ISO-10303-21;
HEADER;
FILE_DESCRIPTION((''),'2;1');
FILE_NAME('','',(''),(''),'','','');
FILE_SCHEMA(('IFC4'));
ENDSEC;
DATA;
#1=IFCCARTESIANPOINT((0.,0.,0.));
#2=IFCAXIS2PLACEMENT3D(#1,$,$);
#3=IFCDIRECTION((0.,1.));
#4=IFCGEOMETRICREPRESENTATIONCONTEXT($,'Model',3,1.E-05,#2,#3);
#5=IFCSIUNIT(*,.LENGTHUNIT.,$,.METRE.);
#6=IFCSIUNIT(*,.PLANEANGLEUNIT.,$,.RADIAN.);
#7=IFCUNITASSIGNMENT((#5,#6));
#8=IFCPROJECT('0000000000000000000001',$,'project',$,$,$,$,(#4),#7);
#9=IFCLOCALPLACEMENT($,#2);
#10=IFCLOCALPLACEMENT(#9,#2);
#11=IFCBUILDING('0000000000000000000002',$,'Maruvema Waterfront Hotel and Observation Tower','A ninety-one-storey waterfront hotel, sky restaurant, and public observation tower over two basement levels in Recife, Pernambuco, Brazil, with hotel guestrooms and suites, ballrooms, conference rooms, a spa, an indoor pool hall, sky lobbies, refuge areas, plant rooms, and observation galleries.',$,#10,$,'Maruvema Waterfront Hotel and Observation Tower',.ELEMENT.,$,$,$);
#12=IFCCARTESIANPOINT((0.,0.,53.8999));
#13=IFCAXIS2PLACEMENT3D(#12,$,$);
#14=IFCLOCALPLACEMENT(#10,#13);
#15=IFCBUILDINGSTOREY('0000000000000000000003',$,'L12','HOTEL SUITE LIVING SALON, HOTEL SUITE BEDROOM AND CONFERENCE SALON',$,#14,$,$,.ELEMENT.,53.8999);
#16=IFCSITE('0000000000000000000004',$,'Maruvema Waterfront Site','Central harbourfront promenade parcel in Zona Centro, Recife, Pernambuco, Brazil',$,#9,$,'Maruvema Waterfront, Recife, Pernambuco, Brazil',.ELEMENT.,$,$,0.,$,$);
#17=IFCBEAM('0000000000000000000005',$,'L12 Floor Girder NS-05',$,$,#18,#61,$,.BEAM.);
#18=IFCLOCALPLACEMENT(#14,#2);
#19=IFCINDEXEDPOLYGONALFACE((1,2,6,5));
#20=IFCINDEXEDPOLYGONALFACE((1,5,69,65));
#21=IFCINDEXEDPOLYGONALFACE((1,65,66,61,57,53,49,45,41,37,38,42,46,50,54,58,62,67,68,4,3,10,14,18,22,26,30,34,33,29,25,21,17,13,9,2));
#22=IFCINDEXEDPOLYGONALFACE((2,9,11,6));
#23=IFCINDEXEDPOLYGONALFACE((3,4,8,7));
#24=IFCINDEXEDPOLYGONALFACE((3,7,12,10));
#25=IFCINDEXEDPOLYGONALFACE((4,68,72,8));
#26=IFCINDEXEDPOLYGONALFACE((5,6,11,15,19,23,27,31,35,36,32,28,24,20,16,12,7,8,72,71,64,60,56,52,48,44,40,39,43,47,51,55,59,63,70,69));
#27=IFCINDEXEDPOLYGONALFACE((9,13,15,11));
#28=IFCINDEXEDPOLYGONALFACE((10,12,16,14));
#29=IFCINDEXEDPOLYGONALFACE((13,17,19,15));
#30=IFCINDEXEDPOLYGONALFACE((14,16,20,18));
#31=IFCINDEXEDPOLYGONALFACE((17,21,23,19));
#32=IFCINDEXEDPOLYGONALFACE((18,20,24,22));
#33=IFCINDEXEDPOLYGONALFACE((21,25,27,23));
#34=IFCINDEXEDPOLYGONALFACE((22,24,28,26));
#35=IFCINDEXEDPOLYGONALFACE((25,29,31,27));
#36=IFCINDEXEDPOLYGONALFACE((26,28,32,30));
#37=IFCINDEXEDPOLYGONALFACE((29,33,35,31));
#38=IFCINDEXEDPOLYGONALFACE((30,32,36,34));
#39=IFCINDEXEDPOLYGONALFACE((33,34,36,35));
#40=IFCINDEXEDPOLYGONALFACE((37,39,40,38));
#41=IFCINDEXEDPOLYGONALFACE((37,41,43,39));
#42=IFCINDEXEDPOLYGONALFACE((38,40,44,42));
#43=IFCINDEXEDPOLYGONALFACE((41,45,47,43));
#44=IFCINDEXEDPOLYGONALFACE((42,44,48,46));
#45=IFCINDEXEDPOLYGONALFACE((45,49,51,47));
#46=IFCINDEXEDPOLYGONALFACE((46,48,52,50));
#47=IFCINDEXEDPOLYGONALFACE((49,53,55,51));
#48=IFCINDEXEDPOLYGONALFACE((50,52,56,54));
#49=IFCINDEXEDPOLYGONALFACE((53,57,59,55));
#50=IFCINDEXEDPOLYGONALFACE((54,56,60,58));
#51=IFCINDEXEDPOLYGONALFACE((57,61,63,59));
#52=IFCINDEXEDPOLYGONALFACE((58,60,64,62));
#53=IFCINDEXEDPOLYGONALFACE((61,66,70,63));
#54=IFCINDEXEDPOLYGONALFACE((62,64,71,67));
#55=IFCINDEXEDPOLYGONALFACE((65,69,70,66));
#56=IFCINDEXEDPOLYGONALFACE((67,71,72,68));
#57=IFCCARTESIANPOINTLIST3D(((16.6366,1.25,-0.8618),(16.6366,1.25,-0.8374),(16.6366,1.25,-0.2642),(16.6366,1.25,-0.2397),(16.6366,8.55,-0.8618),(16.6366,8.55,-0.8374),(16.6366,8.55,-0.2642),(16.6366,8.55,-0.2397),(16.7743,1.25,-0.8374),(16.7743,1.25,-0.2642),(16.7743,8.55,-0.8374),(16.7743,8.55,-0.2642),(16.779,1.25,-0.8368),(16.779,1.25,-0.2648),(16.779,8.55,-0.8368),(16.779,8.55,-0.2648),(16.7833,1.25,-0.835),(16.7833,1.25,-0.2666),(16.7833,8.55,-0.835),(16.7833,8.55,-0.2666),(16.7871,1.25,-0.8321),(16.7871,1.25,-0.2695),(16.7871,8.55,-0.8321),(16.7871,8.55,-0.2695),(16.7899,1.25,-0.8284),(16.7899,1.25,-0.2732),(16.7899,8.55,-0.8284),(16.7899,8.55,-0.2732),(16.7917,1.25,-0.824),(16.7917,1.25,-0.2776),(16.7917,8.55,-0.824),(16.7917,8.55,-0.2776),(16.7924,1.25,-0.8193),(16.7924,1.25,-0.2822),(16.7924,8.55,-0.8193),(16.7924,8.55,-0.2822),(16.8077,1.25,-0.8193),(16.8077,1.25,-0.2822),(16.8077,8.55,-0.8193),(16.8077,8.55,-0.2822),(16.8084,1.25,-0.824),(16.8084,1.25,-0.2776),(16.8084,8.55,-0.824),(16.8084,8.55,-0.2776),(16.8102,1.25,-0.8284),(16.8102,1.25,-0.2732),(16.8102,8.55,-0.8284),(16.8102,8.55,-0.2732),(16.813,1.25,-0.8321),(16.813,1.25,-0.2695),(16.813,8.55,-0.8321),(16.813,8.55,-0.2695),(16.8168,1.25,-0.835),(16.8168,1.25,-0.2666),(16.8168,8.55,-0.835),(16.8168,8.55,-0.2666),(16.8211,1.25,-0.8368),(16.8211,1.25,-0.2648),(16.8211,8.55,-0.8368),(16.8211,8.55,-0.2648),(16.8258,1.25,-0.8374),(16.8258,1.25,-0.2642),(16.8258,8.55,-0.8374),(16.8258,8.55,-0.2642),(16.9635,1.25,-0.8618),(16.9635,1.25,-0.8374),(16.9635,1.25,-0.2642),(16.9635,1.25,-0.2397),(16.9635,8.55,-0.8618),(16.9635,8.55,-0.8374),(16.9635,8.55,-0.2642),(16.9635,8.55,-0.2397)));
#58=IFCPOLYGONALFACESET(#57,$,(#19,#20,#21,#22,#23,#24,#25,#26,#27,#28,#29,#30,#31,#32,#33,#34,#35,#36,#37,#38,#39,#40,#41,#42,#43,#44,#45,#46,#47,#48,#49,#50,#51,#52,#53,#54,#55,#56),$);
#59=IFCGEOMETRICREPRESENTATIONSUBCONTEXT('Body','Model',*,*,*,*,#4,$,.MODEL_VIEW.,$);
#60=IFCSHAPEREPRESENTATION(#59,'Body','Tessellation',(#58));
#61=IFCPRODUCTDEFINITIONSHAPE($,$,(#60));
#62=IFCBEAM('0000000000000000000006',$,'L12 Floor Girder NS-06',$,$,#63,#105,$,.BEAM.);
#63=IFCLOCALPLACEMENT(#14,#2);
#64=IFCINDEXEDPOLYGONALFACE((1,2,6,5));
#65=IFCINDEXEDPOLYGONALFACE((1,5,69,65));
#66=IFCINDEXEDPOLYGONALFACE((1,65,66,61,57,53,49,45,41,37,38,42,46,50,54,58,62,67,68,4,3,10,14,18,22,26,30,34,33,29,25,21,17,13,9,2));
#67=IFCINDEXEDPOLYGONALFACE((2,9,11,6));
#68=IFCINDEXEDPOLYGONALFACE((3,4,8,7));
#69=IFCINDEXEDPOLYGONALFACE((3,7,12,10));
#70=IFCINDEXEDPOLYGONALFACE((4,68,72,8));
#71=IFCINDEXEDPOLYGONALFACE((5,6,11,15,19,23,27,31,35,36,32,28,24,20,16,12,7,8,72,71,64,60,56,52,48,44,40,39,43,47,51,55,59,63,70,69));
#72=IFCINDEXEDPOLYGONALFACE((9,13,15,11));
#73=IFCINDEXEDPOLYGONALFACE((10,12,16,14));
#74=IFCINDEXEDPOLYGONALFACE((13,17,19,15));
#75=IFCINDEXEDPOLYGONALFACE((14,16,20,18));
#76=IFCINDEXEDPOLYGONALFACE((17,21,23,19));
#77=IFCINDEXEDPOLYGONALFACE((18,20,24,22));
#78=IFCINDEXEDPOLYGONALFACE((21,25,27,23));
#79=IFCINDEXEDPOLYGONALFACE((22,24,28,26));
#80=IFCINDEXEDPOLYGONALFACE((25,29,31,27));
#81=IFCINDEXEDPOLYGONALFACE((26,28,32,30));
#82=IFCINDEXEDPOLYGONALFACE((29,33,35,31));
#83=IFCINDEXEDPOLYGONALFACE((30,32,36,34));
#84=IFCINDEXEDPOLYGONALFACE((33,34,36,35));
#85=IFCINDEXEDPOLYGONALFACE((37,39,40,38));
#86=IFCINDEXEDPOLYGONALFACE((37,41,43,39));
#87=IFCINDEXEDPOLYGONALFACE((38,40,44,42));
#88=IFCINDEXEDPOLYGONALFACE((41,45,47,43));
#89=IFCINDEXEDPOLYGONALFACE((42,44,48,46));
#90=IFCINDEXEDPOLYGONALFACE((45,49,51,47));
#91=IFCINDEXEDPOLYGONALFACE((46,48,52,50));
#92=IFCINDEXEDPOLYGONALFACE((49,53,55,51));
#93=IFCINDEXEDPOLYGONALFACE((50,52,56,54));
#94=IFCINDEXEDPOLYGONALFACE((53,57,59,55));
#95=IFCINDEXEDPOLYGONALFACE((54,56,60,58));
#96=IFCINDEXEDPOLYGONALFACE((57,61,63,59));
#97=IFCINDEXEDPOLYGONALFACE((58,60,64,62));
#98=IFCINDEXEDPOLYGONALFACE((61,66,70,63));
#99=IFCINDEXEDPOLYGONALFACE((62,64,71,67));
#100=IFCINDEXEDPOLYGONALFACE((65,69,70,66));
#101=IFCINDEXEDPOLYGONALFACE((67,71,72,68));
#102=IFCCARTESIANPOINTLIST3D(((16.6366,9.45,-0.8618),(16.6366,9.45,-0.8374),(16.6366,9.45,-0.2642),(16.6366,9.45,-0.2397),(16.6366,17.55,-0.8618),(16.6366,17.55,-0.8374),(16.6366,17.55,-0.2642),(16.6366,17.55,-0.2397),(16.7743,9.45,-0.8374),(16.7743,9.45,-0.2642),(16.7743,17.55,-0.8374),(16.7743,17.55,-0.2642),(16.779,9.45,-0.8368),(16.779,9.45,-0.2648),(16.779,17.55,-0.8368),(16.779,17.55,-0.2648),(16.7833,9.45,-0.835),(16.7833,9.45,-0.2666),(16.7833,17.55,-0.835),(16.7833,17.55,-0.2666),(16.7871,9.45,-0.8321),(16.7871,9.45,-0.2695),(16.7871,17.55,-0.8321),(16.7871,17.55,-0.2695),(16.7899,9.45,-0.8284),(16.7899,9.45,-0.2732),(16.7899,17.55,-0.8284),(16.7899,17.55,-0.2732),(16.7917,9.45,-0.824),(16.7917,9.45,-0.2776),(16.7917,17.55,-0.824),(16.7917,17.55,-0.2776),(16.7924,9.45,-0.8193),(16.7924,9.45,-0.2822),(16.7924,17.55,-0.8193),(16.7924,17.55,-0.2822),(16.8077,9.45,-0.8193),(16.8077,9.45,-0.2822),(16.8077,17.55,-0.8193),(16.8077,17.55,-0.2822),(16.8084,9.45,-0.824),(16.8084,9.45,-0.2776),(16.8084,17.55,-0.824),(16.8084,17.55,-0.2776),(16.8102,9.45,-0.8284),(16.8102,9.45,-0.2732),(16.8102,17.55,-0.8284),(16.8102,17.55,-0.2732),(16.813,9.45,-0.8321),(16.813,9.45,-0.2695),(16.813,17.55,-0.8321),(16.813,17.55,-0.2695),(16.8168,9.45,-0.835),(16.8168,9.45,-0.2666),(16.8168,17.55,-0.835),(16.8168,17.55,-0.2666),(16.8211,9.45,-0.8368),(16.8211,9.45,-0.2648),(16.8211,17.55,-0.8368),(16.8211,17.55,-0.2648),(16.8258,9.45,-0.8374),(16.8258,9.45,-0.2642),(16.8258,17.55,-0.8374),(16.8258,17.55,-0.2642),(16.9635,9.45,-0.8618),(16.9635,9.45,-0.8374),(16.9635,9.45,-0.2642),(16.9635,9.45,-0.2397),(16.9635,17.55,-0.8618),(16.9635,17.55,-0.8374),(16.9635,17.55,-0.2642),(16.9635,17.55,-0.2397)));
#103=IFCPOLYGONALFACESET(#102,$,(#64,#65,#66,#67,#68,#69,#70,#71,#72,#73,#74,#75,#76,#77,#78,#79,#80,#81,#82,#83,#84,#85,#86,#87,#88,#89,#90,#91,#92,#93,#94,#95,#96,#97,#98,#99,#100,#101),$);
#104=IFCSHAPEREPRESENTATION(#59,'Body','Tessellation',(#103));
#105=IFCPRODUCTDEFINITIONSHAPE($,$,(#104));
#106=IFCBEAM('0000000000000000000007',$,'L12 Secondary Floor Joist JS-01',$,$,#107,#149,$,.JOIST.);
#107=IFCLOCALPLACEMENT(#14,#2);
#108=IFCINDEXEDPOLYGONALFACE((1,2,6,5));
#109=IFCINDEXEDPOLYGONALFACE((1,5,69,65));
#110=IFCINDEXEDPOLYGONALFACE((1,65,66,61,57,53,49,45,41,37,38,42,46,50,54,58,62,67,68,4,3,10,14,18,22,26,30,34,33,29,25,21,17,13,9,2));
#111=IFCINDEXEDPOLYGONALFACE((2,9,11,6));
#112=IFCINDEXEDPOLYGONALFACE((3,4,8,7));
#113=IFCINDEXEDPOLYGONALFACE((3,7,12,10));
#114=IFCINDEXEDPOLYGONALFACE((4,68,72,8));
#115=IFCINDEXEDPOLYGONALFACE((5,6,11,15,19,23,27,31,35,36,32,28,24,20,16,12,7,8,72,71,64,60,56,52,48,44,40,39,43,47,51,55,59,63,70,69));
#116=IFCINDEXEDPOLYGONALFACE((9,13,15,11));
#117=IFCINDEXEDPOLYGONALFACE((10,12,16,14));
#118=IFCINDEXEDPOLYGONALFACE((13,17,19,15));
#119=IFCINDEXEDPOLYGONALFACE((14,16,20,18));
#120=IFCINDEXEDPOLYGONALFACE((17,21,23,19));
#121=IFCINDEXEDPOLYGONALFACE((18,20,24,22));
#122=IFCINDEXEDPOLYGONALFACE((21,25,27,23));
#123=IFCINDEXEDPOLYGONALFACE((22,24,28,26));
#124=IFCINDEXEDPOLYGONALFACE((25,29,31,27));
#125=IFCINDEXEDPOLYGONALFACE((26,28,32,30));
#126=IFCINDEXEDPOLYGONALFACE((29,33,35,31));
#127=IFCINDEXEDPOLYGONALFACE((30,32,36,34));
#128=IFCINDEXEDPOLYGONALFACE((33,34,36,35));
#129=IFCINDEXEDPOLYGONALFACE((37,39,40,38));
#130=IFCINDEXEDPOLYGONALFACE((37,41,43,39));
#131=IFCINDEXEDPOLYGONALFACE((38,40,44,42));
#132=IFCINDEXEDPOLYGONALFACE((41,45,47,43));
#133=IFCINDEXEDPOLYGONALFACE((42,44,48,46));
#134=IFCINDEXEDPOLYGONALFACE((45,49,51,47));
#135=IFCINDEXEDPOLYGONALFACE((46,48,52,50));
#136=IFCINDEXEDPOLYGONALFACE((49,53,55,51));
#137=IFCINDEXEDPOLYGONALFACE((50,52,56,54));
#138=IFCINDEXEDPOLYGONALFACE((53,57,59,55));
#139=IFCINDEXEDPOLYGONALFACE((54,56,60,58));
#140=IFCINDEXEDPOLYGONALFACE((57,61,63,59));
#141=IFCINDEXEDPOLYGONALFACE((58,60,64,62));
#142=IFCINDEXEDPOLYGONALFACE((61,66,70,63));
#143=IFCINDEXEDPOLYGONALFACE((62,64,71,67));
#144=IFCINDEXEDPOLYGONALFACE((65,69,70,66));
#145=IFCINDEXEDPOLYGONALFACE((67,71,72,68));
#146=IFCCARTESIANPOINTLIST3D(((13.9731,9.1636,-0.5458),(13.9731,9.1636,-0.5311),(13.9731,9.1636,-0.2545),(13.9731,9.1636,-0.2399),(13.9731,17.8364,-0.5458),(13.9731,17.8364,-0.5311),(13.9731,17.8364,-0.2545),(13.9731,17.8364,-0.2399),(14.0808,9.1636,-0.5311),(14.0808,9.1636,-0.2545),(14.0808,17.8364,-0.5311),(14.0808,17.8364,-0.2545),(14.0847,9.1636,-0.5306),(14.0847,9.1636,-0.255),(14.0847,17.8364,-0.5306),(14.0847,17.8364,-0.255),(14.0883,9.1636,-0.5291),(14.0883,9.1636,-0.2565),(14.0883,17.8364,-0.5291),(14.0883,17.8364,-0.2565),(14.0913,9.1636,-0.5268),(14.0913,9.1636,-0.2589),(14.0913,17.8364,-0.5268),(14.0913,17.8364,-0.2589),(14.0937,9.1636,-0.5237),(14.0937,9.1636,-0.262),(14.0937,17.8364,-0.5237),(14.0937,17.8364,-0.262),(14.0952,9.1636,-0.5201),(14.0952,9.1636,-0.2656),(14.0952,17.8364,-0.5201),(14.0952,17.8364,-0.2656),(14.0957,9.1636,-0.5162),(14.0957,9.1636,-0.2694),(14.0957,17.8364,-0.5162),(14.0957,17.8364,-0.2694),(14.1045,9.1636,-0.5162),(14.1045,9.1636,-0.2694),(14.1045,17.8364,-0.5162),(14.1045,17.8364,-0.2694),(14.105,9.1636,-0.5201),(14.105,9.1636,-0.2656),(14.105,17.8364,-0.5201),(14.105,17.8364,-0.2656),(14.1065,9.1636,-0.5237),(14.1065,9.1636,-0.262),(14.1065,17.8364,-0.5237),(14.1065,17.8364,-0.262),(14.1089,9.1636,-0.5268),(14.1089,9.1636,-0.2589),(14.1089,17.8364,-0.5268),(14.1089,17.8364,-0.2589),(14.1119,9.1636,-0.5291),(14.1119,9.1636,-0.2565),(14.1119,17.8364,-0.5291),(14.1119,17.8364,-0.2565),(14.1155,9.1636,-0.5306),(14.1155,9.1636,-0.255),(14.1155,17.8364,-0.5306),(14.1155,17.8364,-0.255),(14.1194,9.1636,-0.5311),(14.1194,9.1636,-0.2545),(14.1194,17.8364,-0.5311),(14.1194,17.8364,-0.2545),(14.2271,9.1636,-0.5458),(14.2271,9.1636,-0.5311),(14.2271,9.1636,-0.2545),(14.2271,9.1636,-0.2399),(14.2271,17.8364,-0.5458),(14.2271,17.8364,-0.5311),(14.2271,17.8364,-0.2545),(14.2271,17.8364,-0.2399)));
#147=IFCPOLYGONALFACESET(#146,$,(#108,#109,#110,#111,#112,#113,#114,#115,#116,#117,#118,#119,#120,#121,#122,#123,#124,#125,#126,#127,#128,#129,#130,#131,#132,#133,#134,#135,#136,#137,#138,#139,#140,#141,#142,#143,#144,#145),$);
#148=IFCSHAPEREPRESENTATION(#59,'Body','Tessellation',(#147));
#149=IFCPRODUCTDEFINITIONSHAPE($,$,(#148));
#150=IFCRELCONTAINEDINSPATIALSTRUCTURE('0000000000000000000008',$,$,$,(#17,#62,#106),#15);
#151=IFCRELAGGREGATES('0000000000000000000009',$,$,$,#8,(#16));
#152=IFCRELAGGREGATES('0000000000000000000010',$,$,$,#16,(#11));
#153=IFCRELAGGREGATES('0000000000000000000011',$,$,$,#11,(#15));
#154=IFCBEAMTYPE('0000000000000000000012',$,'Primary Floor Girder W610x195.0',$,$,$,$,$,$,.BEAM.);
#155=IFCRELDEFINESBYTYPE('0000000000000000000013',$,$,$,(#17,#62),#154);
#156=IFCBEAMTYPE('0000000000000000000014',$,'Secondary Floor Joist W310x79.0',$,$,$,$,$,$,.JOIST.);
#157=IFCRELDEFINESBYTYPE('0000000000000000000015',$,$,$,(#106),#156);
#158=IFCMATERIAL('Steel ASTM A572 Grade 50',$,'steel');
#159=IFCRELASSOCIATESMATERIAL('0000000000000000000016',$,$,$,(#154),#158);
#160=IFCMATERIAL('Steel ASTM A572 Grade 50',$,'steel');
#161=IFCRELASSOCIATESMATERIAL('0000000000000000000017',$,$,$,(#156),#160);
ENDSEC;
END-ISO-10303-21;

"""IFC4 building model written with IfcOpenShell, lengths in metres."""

from ifc_helpers import new_model, si_unit, direction, frame, origin, origin_2d, place, context, subcontext, project, spatial, i_section, extrude, material, material_profile, profile_set, type_object, element, save


model = new_model("IFC4")

# Units and contexts
model_context = context("Model", 3, precision=1e-05, world=origin(), true_north=direction((0.0, 1.0)))
body_context = subcontext(model_context, "Body", "Model", "MODEL_VIEW")
ifc_project = project(units=[si_unit("LENGTHUNIT", "METRE"), si_unit("PLANEANGLEUNIT", "RADIAN")], contexts=[model_context])

# Site, building, storey
site_placement = place(None, origin())
site = spatial("IfcSite", under=ifc_project, at=site_placement, Name="Maruvema Waterfront Site", Description="Central harbourfront promenade parcel in Zona Centro, Recife, Pernambuco, Brazil", LongName="Maruvema Waterfront, Recife, Pernambuco, Brazil", CompositionType="ELEMENT", RefElevation=0.0)
building_placement = place(site_placement, origin())
building = spatial("IfcBuilding", under=site, at=building_placement, Name="Maruvema Waterfront Hotel and Observation Tower", Description="A ninety-one-storey waterfront hotel, sky restaurant, and public observation tower over two basement levels in Recife, Pernambuco, Brazil, with hotel guestrooms and suites, ballrooms, conference rooms, a spa, an indoor pool hall, sky lobbies, refuge areas, plant rooms, and observation galleries.", LongName="Maruvema Waterfront Hotel and Observation Tower", CompositionType="ELEMENT")
storey_placement = place(building_placement, frame((0.0, 0.0, 53.8999)))
storey = spatial("IfcBuildingStorey", under=building, at=storey_placement, Name="L12", Description="HOTEL SUITE LIVING SALON, HOTEL SUITE BEDROOM AND CONFERENCE SALON", CompositionType="ELEMENT", Elevation=53.8999)

# Beams
ifc_material_1 = material(Name="Steel ASTM A572 Grade 50", Category="steel")
ifc_material_profile_1 = material_profile(ifc_material_1, i_section(OverallWidth=0.3269, OverallDepth=0.6221, WebThickness=0.0154, FlangeThickness=0.0244, FilletRadius=0.0181, at=origin_2d()), Name="W610x195.0")
ifc_profile_set_1 = profile_set([ifc_material_profile_1], Name="Steel ASTM A572 Grade 50")
beam_type_1 = type_object("IfcBeamType", Name="Primary Floor Girder W610x195.0", PredefinedType="BEAM", material=ifc_profile_set_1)
beam_1_placement = place(storey_placement, frame((16.8, 1.25, -0.5508), z_axis=(0.0, 1.0, 0.0), x_axis=(-1.0, 0.0, 0.0)))
element("IfcBeam", 1, at=beam_1_placement, inside=storey, type_object=beam_type_1, Name="L12 Floor Girder NS-05", PredefinedType="BEAM", context=body_context, shape_type="SweptSolid", body=[
    extrude(i_section(OverallWidth=0.3269, OverallDepth=0.6221, WebThickness=0.0154, FlangeThickness=0.0244, FilletRadius=0.0181, at=origin_2d()), origin(), (0.0, 0.0, 1.0), 7.3),
])
beam_2_placement = place(storey_placement, frame((16.8, 9.45, -0.5508), z_axis=(0.0, 1.0, 0.0), x_axis=(-1.0, 0.0, 0.0)))
element("IfcBeam", 2, at=beam_2_placement, inside=storey, type_object=beam_type_1, Name="L12 Floor Girder NS-06", PredefinedType="BEAM", context=body_context, shape_type="SweptSolid", body=[
    extrude(i_section(OverallWidth=0.3269, OverallDepth=0.6221, WebThickness=0.0154, FlangeThickness=0.0244, FilletRadius=0.0181, at=origin_2d()), origin(), (0.0, 0.0, 1.0), 8.1001),
])
ifc_material_2 = material(Name="Steel ASTM A572 Grade 50", Category="steel")
ifc_material_profile_2 = material_profile(ifc_material_2, i_section(OverallWidth=0.2539, OverallDepth=0.3059, WebThickness=0.0088, FlangeThickness=0.0146, FilletRadius=0.0149, at=origin_2d()), Name="W310x79.0")
ifc_profile_set_2 = profile_set([ifc_material_profile_2], Name="Steel ASTM A572 Grade 50")
beam_type_2 = type_object("IfcBeamType", Name="Secondary Floor Joist W310x79.0", PredefinedType="JOIST", material=ifc_profile_set_2)
beam_3_placement = place(storey_placement, frame((14.1001, 9.1636, -0.3928), z_axis=(0.0, 1.0, 0.0), x_axis=(-1.0, 0.0, 0.0)))
element("IfcBeam", 3, at=beam_3_placement, inside=storey, type_object=beam_type_2, Name="L12 Secondary Floor Joist JS-01", PredefinedType="JOIST", context=body_context, shape_type="SweptSolid", body=[
    extrude(i_section(OverallWidth=0.2539, OverallDepth=0.3059, WebThickness=0.0088, FlangeThickness=0.0146, FilletRadius=0.0149, at=origin_2d()), origin(), (0.0, 0.0, 1.0), 8.6729),
])

save(model, "model.ifc")
